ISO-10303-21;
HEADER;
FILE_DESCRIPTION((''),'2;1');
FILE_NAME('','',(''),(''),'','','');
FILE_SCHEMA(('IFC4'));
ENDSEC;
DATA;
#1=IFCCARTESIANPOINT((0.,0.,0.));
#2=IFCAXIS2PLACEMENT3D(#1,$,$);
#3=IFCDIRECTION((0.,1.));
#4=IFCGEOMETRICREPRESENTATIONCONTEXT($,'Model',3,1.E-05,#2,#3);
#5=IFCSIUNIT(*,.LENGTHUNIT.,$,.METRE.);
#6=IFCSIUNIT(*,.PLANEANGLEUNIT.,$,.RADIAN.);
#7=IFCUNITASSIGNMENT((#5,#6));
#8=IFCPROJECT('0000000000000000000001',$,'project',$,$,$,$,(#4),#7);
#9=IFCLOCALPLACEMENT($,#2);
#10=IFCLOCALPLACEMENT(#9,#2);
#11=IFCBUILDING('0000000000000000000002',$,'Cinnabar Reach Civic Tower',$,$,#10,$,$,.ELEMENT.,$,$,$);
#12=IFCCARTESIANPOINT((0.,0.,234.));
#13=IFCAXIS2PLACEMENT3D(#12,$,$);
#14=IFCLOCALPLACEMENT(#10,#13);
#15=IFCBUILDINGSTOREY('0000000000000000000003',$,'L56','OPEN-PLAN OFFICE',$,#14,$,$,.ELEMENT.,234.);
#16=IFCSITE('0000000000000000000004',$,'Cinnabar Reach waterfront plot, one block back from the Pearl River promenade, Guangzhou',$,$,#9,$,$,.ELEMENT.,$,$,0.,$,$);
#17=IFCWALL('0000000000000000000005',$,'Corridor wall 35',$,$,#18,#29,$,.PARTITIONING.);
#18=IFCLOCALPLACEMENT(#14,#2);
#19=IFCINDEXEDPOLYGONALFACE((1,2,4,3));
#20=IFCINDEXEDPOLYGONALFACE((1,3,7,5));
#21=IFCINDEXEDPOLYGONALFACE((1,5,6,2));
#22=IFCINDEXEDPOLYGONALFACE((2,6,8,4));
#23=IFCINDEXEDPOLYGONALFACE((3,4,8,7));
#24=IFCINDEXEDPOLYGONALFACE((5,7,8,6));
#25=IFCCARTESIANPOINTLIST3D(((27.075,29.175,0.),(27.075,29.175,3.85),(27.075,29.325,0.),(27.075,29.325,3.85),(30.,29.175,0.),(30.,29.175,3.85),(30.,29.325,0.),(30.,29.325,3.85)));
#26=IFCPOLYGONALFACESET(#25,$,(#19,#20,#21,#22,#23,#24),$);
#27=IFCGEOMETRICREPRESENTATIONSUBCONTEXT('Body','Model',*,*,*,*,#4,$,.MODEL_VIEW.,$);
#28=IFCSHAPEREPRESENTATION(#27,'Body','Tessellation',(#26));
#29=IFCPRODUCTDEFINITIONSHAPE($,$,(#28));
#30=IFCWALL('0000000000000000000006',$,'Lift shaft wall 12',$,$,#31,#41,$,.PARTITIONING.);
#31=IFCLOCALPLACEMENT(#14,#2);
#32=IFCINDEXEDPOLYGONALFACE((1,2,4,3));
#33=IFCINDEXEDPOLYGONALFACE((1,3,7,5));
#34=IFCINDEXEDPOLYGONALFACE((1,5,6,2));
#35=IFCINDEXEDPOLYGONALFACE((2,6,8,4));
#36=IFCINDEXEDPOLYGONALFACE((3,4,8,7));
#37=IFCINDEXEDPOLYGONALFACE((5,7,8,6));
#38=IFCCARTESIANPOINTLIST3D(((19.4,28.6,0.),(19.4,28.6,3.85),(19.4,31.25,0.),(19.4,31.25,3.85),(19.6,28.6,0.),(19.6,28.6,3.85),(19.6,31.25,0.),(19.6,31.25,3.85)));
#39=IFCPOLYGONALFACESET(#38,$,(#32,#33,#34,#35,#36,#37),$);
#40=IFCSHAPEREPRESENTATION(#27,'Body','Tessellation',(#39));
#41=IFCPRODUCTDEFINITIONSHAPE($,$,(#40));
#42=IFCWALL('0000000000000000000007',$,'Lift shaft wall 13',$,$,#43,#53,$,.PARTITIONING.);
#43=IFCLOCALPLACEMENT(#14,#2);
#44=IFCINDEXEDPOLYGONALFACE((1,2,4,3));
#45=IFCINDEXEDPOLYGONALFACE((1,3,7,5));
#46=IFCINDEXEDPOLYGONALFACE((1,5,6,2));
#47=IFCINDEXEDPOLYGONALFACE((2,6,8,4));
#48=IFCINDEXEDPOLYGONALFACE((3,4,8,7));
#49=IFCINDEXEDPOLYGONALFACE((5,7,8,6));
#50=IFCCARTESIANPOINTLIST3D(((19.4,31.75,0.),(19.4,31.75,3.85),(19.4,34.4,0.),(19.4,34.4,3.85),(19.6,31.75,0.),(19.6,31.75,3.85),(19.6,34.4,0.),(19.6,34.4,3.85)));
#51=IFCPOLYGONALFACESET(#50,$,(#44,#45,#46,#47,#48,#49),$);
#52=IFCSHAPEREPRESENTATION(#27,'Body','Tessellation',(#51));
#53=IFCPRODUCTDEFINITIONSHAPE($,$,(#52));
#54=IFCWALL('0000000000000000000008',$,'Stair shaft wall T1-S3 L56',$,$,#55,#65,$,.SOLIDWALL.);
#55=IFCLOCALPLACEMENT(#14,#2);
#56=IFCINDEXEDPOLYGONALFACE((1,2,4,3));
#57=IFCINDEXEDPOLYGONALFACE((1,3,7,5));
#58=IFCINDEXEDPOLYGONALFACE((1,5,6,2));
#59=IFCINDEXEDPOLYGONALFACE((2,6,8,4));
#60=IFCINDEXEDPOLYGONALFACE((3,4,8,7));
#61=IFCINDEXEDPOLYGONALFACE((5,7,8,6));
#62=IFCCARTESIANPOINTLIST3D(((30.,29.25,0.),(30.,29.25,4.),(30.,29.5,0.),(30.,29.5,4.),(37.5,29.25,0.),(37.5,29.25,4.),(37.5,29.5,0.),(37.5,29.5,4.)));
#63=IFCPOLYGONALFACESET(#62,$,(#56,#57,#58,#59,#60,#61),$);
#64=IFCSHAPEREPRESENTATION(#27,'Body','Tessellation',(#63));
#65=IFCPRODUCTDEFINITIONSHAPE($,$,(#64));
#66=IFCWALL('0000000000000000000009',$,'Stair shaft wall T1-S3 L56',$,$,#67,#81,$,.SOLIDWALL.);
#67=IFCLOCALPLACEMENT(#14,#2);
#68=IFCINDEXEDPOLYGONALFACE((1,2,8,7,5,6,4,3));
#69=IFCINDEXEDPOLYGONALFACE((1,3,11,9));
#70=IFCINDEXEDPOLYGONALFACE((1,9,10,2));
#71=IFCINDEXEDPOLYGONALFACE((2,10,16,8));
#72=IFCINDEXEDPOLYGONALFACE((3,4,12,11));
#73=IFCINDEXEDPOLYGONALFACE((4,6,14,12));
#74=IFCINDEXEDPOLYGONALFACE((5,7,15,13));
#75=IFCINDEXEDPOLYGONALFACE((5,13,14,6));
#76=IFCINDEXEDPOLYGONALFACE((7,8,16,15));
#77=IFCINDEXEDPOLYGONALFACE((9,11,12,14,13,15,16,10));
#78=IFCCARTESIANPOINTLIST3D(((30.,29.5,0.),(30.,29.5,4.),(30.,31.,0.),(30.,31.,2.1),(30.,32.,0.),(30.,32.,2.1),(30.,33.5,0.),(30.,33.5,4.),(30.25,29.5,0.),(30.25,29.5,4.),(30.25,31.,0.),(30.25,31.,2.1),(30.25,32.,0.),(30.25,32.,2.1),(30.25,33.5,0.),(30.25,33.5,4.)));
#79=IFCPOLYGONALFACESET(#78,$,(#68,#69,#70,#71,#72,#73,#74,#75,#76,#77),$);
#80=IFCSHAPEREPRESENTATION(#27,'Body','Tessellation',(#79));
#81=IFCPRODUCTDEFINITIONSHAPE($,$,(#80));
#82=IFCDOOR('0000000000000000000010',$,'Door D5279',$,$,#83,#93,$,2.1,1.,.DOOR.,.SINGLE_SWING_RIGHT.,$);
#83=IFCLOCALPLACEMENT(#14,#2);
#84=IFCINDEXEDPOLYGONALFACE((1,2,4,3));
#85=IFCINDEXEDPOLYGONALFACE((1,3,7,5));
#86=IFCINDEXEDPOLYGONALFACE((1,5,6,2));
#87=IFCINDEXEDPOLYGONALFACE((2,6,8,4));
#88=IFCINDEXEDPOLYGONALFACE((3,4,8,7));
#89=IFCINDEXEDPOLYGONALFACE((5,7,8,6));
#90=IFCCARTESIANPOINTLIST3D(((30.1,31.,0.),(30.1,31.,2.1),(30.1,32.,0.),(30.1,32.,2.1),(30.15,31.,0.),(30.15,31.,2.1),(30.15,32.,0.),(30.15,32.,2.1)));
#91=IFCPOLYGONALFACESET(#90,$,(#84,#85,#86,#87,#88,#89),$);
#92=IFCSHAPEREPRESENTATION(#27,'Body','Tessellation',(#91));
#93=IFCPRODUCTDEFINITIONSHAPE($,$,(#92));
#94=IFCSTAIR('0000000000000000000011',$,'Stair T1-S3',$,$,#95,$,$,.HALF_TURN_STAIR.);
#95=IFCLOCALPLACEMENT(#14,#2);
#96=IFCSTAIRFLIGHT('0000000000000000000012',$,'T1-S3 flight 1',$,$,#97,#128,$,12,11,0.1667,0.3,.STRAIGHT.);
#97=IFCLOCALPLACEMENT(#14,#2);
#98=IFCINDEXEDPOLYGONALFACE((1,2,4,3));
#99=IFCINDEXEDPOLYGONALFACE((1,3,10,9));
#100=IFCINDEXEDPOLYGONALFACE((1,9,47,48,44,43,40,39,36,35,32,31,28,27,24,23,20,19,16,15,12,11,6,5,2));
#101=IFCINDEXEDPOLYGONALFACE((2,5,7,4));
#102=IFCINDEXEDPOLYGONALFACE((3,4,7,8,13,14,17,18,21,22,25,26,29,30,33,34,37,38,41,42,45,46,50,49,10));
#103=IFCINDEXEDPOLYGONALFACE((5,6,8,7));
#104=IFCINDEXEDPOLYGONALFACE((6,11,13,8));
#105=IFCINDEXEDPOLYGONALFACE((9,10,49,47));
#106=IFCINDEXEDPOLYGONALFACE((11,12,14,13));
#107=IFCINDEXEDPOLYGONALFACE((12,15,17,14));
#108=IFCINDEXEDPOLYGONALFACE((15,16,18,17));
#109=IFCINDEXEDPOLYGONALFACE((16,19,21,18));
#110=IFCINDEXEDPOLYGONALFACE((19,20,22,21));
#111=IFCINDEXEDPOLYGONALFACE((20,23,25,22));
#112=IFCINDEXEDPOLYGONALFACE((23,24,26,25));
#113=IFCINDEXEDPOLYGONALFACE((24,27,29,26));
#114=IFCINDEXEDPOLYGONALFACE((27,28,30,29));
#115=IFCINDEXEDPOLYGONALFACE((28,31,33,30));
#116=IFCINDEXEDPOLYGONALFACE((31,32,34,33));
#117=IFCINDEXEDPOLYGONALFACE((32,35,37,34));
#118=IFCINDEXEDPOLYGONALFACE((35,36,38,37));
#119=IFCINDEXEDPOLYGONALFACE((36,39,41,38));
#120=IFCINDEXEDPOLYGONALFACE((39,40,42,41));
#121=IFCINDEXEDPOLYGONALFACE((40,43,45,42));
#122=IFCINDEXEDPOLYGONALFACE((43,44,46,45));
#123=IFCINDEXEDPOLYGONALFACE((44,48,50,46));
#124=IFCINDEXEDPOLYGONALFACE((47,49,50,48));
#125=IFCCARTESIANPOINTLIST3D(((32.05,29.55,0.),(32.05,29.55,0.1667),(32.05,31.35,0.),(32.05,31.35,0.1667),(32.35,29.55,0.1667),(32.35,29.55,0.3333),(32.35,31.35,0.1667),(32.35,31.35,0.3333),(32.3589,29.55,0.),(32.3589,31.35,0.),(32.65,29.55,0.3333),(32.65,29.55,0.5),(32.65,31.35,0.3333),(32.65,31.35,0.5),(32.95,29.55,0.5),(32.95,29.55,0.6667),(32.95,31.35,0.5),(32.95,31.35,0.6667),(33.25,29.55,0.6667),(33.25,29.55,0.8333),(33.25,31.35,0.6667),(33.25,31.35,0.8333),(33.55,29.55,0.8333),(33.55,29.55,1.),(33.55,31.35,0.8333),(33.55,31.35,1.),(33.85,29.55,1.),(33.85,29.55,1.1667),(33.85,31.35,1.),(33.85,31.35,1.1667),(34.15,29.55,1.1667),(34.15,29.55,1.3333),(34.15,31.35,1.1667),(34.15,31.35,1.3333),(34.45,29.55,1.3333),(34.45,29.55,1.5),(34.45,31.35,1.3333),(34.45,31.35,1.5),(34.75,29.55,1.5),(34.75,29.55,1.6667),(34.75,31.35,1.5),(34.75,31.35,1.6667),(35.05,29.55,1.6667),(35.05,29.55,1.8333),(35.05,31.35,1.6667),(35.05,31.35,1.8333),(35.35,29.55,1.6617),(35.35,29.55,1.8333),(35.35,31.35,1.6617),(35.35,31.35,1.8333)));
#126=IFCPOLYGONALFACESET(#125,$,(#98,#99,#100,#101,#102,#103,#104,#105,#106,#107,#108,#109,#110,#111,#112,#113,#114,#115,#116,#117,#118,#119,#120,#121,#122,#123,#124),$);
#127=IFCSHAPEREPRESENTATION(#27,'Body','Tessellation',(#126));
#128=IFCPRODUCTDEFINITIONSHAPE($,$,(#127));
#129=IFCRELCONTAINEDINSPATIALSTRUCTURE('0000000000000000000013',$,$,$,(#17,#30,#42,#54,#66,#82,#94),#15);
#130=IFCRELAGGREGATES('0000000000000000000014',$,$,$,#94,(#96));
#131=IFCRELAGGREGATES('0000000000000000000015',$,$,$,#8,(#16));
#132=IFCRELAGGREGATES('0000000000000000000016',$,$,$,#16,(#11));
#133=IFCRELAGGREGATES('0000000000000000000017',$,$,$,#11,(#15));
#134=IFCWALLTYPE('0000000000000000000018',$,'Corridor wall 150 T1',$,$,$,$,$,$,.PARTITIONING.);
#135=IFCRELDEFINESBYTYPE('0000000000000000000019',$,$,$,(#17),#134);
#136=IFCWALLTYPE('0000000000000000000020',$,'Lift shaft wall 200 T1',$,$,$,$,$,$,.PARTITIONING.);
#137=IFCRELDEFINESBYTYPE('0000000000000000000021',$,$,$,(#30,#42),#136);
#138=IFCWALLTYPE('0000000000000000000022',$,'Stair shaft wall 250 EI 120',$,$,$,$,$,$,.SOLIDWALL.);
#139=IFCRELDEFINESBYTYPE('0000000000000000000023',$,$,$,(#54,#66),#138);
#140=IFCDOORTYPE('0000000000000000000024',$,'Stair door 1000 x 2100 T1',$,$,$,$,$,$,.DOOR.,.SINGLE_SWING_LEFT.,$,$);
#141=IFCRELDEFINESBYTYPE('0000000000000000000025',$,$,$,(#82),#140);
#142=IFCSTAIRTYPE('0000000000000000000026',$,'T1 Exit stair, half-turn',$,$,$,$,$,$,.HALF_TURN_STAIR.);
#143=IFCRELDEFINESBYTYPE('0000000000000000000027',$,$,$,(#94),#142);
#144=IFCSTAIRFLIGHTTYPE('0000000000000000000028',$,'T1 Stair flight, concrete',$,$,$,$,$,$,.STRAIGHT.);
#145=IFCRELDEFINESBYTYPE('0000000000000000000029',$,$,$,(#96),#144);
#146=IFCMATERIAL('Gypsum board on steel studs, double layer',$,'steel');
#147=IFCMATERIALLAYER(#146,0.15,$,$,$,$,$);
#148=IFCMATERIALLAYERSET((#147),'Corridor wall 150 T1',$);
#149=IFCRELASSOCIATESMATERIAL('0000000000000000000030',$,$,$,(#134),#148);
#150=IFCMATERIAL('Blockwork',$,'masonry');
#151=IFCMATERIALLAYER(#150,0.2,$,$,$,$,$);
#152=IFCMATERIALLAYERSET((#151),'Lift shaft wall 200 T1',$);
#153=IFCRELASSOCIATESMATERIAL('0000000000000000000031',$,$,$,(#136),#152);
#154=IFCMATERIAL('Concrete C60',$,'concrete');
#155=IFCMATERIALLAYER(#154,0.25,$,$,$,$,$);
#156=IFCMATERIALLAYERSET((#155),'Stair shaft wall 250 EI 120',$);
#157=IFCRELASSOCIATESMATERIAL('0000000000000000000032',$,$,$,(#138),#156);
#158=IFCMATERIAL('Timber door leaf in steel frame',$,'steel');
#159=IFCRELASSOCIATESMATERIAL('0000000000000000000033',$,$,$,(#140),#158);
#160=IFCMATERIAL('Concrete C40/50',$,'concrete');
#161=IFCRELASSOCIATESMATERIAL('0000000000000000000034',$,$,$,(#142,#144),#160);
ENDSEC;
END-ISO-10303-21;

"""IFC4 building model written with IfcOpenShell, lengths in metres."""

from ifc_helpers import new_model, si_unit, direction, frame, frame_2d, origin, place, context, subcontext, project, spatial, polyline, rectangle, outline, extrude, material, layer, layer_set, type_object, element, fill, aggregate, save


model = new_model("IFC4")

# Units and contexts
model_context = context("Model", 3, precision=1e-05, world=origin(), true_north=direction((0.0, 1.0)))
body_context = subcontext(model_context, "Body", "Model", "MODEL_VIEW")
ifc_project = project(units=[si_unit("LENGTHUNIT", "METRE"), si_unit("PLANEANGLEUNIT", "RADIAN")], contexts=[model_context])

# Site, building, storey
site_placement = place(None, origin())
site = spatial("IfcSite", under=ifc_project, at=site_placement, Name="Cinnabar Reach waterfront plot, one block back from the Pearl River promenade, Guangzhou", CompositionType="ELEMENT", RefElevation=0.0)
building_placement = place(site_placement, origin())
building = spatial("IfcBuilding", under=site, at=building_placement, Name="Cinnabar Reach Civic Tower", CompositionType="ELEMENT")
storey_placement = place(building_placement, frame((0.0, 0.0, 234.0)))
storey = spatial("IfcBuildingStorey", under=building, at=storey_placement, Name="L56", Description="OPEN-PLAN OFFICE", CompositionType="ELEMENT", Elevation=234.0)

# Shared definitions
ifc_material_1 = material(Name="Concrete C60", Category="concrete")

# Shared definitions
ifc_material_2 = material(Name="Timber door leaf in steel frame", Category="steel")

# Walls
ifc_material_3 = material(Name="Gypsum board on steel studs, double layer", Category="steel")
ifc_layer_1 = layer(ifc_material_3, 0.15)
ifc_layer_set_1 = layer_set([ifc_layer_1], Name="Corridor wall 150 T1")
wall_type_1 = type_object("IfcWallType", Name="Corridor wall 150 T1", PredefinedType="PARTITIONING", material=ifc_layer_set_1)
wall_1_placement = place(storey_placement, frame((27.075, 29.25, 0.0), z_axis=(0.0, 0.0, 1.0), x_axis=(1.0, 0.0, 0.0)))
element("IfcWall", 1, at=wall_1_placement, inside=storey, type_object=wall_type_1, Name="Corridor wall 35", PredefinedType="PARTITIONING", context=body_context, shape_type="SweptSolid", body=[
    extrude(rectangle(XDim=2.925, YDim=0.15, at=frame_2d((1.4625, 0.0))), origin(), (0.0, 0.0, 1.0), 3.85),
])
ifc_material_4 = material(Name="Blockwork", Category="masonry")
ifc_layer_2 = layer(ifc_material_4, 0.2)
ifc_layer_set_2 = layer_set([ifc_layer_2], Name="Lift shaft wall 200 T1")
wall_type_2 = type_object("IfcWallType", Name="Lift shaft wall 200 T1", PredefinedType="PARTITIONING", material=ifc_layer_set_2)
for number, where, z_axis, x_axis, name in (
    (2, (19.5, 28.6, 0.0), (0.0, 0.0, 1.0), (0.0, 1.0, 0.0), "Lift shaft wall 12"),
    (3, (19.5, 31.75, 0.0), (0.0, 0.0, 1.0), (0.0, 1.0, 0.0), "Lift shaft wall 13"),
):
    element("IfcWall", number, at=place(storey_placement, frame(where, z_axis=z_axis, x_axis=x_axis)), inside=storey, type_object=wall_type_2, Name=name, PredefinedType="PARTITIONING", context=body_context, shape_type="SweptSolid", body=[
        extrude(rectangle(XDim=2.65, YDim=0.2, at=frame_2d((1.325, 0.0))), origin(), (0.0, 0.0, 1.0), 3.85),
    ])
ifc_layer_3 = layer(ifc_material_1, 0.25)
ifc_layer_set_3 = layer_set([ifc_layer_3], Name="Stair shaft wall 250 EI 120")
wall_type_3 = type_object("IfcWallType", Name="Stair shaft wall 250 EI 120", PredefinedType="SOLIDWALL", material=ifc_layer_set_3)
wall_2_placement = place(storey_placement, frame((30.0, 29.375, 0.0), z_axis=(0.0, 0.0, 1.0), x_axis=(1.0, 0.0, 0.0)))
element("IfcWall", 4, at=wall_2_placement, inside=storey, type_object=wall_type_3, Name="Stair shaft wall T1-S3 L56", PredefinedType="SOLIDWALL", context=body_context, shape_type="SweptSolid", body=[
    extrude(rectangle(XDim=7.5, YDim=0.25, at=frame_2d((3.75, 0.0))), origin(), (0.0, 0.0, 1.0), 4.0),
])

# Wall, opening, door
wall_3_placement = place(storey_placement, frame((30.125, 33.5, 0.0), z_axis=(0.0, 0.0, 1.0), x_axis=(0.0, -1.0, 0.0)))
wall_3 = element("IfcWall", 5, at=wall_3_placement, inside=storey, type_object=wall_type_3, Name="Stair shaft wall T1-S3 L56", PredefinedType="SOLIDWALL", context=body_context, shape_type="SweptSolid", body=[
    extrude(rectangle(XDim=4.0, YDim=0.25, at=frame_2d((2.0, 0.0))), origin(), (0.0, 0.0, 1.0), 4.0),
])
opening_1_placement = place(wall_3_placement, frame((1.5, 0.0, 0.0)))
opening_1 = element("IfcOpeningElement", 6, at=opening_1_placement, cuts=wall_3, PredefinedType="OPENING", context=body_context, shape_type="SweptSolid", body=[
    extrude(rectangle(XDim=1.0, YDim=2.1, at=frame_2d((0.5, 1.05))), frame((0.0, 0.135, 0.0), z_axis=(0.0, -1.0, 0.0), x_axis=(1.0, 0.0, 0.0)), (0.0, 0.0, 1.0), 0.27),
])
door_type_1 = type_object("IfcDoorType", Name="Stair door 1000 x 2100 T1", OperationType="SINGLE_SWING_LEFT", PredefinedType="DOOR", material=ifc_material_2)
door_1_placement = place(opening_1_placement, origin())
door_1 = element("IfcDoor", 7, at=door_1_placement, inside=storey, type_object=door_type_1, Name="Door D5279", OperationType="SINGLE_SWING_RIGHT", OverallHeight=2.1, OverallWidth=1.0, PredefinedType="DOOR", context=body_context, shape_type="SweptSolid", body=[
    extrude(rectangle(XDim=1.0, YDim=2.1, at=frame_2d((0.5, 1.05))), frame((0.0, 0.025, 0.0), z_axis=(0.0, -1.0, 0.0), x_axis=(1.0, 0.0, 0.0)), (0.0, 0.0, 1.0), 0.05),
])
fill(opening_1, door_1)

# Stair, stair flight
ifc_material_5 = material(Name="Concrete C40/50", Category="concrete")
stair_type = type_object("IfcStairType", Name="T1 Exit stair, half-turn", PredefinedType="HALF_TURN_STAIR", material=ifc_material_5)
stair_placement = place(storey_placement, origin())
stair = element("IfcStair", 8, at=stair_placement, inside=storey, type_object=stair_type, Name="Stair T1-S3", PredefinedType="HALF_TURN_STAIR")
stair_flight_type = type_object("IfcStairFlightType", Name="T1 Stair flight, concrete", PredefinedType="STRAIGHT", material=ifc_material_5)
stair_flight_placement = place(storey_placement, frame((32.05, 30.45, 0.0), z_axis=(0.0, 0.0, 1.0), x_axis=(1.0, 0.0, 0.0)))
stair_flight = element("IfcStairFlight", 9, at=stair_flight_placement, type_object=stair_flight_type, Name="T1-S3 flight 1", NumberOfRisers=12, NumberOfTreads=11, PredefinedType="STRAIGHT", RiserHeight=0.1667, TreadLength=0.3, context=body_context, shape_type="SweptSolid", body=[
    extrude(outline(polyline([(0.0, 0.0), (0.0, 0.1667), (0.3, 0.1667), (0.3, 0.3333), (0.6, 0.3333), (0.6, 0.5), (0.9, 0.5), (0.9, 0.6667), (1.2, 0.6667), (1.2, 0.8333), (1.5, 0.8333), (1.5, 1.0), (1.8, 1.0), (1.8, 1.1667), (2.1, 1.1667), (2.1, 1.3333), (2.4, 1.3333), (2.4, 1.5), (2.7, 1.5), (2.7, 1.6667), (3.0, 1.6667), (3.0, 1.8333), (3.3, 1.8333), (3.3, 2.0), (3.3, 1.6617), (0.3089, 0.0), (0.0, 0.0)])), frame((0.0, 0.9, 0.0), z_axis=(0.0, -1.0, 0.0), x_axis=(1.0, 0.0, 0.0)), (0.0, 0.0, 1.0), 1.8),
])
aggregate(stair, [stair_flight])

save(model, "model.ifc")
